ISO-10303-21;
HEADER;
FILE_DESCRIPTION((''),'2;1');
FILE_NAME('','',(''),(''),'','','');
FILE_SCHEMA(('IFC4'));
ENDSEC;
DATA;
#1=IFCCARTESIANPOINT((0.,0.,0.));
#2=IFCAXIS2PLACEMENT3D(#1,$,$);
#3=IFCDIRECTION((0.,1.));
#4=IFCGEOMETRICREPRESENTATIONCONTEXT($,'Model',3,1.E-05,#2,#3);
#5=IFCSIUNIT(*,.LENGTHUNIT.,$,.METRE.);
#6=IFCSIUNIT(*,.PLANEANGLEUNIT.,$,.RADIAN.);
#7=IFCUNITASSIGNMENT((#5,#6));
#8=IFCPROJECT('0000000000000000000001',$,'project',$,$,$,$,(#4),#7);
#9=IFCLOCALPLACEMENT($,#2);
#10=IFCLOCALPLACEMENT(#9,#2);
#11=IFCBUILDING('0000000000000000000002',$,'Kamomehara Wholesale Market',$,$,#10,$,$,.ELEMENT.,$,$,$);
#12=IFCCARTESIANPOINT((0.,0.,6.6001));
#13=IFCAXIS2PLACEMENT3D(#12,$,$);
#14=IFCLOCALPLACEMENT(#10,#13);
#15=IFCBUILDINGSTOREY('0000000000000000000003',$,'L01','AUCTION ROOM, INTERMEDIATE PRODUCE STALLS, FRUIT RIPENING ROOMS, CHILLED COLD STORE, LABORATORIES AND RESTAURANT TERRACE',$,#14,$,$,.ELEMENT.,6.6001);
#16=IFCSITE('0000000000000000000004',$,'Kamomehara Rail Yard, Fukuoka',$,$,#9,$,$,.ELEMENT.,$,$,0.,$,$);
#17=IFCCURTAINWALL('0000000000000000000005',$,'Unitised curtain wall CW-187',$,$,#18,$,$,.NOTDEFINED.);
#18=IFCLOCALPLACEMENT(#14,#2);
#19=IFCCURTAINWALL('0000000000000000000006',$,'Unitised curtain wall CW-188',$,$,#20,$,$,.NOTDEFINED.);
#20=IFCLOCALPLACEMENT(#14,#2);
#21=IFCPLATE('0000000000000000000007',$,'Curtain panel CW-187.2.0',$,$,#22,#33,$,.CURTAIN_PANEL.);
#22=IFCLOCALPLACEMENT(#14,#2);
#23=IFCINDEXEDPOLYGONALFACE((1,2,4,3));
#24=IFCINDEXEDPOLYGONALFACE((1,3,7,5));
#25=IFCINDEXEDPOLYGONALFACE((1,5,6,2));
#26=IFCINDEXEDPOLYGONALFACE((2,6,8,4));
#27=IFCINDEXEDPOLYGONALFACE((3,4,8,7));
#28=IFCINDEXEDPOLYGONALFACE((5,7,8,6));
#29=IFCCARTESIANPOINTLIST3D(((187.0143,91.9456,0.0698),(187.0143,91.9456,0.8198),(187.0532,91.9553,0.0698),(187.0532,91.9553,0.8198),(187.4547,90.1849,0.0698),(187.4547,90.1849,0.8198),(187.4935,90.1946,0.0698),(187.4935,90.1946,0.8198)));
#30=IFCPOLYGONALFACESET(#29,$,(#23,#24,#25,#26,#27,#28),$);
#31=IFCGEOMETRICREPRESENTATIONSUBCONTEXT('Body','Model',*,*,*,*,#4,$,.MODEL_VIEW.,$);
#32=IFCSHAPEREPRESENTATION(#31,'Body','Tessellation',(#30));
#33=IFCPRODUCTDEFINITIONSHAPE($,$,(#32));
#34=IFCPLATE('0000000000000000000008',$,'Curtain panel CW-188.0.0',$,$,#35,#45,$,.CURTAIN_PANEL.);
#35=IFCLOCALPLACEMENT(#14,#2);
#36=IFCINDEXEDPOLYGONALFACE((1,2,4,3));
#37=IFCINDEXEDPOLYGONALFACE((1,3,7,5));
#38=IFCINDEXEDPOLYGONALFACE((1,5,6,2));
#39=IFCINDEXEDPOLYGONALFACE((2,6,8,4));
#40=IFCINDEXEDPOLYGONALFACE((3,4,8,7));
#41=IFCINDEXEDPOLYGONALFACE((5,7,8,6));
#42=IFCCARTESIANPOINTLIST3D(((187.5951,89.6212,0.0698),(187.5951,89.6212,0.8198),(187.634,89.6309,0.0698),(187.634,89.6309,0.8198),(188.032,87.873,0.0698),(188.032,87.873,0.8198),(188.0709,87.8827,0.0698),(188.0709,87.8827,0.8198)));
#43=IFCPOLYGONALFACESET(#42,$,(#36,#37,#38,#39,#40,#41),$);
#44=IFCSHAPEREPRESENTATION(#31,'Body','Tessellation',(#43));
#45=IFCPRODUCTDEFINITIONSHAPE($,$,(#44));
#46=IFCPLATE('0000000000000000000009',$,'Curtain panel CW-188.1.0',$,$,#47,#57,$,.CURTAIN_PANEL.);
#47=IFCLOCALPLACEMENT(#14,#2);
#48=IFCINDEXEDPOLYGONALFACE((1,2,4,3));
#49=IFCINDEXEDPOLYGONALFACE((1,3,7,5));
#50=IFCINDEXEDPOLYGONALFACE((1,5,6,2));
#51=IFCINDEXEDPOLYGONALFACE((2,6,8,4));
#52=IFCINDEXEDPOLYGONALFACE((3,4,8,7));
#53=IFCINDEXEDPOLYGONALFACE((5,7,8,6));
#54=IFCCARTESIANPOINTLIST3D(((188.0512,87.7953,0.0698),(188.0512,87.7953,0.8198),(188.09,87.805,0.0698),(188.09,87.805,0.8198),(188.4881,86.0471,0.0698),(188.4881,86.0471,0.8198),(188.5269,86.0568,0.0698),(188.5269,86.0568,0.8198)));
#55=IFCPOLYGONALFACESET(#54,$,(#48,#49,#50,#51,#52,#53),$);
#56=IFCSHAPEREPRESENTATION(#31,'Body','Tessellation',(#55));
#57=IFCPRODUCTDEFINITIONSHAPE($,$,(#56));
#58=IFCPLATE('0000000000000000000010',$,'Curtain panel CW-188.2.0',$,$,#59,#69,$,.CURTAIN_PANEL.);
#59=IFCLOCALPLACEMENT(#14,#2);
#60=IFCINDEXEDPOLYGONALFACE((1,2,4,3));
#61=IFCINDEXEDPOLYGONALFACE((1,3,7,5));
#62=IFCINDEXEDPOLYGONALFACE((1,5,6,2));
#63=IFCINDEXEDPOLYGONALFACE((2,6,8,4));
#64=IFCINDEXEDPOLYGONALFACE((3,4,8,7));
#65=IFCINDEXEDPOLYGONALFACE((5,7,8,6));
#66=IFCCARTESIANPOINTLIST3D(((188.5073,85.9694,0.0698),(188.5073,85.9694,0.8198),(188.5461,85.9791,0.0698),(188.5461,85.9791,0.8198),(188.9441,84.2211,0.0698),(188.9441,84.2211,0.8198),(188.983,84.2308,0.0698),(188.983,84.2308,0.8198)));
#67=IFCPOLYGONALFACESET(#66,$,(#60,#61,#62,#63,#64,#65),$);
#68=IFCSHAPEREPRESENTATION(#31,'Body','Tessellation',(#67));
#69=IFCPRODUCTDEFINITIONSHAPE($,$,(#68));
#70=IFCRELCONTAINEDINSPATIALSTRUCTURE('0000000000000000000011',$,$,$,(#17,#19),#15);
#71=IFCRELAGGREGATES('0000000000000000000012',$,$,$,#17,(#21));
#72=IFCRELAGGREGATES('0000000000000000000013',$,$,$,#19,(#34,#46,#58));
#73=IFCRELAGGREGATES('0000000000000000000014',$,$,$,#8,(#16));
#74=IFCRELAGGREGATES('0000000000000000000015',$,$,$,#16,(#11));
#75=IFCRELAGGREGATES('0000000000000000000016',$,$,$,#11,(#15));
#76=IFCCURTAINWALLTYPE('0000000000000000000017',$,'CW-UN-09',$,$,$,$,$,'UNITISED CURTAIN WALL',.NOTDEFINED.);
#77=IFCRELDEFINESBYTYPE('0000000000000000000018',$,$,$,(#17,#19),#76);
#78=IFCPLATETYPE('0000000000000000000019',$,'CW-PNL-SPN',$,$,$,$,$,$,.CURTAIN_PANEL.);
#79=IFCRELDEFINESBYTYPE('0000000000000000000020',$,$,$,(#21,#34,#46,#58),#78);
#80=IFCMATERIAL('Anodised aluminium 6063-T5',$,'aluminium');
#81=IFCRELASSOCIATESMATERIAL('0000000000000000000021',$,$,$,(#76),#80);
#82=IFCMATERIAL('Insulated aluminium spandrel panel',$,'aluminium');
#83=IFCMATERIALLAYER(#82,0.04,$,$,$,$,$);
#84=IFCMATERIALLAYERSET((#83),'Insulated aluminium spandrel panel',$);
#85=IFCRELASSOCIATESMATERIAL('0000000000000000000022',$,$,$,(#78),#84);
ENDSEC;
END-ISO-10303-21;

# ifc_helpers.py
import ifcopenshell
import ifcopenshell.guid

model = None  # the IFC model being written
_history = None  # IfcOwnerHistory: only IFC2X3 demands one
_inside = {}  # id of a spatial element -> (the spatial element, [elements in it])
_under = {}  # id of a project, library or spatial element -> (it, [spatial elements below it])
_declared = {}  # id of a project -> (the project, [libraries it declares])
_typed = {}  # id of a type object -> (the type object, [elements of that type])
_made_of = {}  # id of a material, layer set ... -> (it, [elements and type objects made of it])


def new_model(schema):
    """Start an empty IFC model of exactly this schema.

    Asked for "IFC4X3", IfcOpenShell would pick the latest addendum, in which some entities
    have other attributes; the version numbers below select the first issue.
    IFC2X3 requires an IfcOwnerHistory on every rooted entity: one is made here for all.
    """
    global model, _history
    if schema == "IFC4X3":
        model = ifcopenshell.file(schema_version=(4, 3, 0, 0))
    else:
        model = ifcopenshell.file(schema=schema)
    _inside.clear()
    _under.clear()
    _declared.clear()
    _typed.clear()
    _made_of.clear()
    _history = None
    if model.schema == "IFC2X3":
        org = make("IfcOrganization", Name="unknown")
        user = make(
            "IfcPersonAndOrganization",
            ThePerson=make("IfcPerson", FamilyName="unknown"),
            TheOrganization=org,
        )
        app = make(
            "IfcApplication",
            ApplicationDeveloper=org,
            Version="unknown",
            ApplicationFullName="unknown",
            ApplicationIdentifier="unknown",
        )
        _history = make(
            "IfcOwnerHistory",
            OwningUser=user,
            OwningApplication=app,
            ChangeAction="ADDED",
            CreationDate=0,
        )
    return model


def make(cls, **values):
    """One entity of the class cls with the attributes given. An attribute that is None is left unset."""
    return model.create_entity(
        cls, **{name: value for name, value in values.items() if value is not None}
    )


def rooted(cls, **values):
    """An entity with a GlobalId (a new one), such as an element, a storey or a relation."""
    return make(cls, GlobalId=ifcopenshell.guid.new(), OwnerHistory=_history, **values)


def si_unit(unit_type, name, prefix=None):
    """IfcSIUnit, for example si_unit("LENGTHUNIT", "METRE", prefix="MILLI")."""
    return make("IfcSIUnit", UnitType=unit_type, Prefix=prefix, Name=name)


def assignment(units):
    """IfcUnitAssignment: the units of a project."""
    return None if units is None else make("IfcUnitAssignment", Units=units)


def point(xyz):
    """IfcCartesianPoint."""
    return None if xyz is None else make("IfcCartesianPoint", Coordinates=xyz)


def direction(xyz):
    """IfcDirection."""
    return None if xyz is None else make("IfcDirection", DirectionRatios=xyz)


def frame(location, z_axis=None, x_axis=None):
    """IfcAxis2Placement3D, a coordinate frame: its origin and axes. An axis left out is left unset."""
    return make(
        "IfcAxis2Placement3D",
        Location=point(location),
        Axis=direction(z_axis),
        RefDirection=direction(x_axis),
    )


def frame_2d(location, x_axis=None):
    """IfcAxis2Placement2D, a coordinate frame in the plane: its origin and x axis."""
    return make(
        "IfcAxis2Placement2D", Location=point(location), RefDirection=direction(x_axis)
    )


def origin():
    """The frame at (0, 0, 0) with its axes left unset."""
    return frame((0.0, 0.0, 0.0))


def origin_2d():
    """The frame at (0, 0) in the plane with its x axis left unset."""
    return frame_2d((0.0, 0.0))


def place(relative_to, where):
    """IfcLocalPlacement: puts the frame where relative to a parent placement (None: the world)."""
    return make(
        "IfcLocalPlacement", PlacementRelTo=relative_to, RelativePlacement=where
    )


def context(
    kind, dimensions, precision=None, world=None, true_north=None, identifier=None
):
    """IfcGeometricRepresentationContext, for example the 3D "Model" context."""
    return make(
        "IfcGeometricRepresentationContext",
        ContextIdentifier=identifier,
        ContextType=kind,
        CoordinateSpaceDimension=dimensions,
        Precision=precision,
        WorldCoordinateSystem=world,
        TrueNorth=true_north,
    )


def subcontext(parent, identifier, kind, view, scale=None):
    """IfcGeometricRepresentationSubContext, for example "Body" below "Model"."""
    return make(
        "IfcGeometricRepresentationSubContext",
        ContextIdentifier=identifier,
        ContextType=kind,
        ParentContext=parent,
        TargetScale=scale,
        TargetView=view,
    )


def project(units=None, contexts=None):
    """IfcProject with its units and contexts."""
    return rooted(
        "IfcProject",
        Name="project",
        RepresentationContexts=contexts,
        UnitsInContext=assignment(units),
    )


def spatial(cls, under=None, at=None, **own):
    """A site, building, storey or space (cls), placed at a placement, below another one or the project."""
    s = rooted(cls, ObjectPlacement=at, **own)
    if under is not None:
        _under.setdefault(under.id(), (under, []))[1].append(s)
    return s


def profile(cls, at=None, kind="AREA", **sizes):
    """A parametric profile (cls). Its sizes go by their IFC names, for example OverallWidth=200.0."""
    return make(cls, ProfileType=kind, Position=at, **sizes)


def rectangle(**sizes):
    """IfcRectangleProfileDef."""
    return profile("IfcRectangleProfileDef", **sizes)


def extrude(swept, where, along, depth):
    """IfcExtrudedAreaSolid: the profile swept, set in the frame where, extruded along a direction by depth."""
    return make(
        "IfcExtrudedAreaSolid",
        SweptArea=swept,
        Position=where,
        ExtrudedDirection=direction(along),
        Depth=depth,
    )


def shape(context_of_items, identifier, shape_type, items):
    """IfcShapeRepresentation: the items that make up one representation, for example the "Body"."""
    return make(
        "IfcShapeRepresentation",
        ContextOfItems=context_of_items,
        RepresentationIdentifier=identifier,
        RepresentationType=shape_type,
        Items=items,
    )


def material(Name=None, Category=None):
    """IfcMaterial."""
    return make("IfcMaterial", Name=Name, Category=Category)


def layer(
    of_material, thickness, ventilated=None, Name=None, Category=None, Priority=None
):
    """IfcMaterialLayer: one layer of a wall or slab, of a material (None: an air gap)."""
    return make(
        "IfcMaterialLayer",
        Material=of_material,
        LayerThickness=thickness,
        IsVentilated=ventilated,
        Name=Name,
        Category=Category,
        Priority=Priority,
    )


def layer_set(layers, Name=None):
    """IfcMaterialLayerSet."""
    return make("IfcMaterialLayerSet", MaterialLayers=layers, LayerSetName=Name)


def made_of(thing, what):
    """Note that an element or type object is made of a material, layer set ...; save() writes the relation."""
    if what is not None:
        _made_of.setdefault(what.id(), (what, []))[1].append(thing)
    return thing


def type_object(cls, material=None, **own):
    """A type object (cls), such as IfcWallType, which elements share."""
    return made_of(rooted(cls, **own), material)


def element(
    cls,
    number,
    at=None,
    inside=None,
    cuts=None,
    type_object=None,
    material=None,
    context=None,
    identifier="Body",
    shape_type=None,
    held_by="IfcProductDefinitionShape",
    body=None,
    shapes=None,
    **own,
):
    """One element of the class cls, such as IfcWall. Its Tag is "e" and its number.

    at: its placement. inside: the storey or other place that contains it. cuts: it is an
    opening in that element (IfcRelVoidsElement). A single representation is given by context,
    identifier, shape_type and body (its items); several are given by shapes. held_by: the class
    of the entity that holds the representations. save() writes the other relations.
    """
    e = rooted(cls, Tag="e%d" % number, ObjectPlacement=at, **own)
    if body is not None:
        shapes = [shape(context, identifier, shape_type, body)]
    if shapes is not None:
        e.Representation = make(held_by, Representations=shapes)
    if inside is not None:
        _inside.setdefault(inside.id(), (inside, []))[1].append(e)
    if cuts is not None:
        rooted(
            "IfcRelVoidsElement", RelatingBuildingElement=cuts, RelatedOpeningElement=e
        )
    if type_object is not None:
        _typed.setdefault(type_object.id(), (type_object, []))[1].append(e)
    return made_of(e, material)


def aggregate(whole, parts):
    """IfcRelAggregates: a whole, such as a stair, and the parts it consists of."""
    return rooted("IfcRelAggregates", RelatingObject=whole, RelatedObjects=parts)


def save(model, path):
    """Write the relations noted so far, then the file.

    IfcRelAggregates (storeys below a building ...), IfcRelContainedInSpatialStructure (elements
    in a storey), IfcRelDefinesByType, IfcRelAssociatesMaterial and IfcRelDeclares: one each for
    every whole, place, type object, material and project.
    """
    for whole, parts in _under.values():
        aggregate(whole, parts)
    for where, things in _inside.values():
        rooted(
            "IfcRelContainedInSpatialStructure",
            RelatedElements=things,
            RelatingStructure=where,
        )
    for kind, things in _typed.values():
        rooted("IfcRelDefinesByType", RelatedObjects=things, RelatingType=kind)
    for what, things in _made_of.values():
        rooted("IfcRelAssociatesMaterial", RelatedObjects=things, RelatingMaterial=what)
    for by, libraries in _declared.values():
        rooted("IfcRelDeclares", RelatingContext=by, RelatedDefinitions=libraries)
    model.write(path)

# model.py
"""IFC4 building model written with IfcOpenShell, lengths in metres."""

from ifc_helpers import new_model, si_unit, direction, frame, origin, origin_2d, place, context, subcontext, project, spatial, rectangle, extrude, material, layer, layer_set, type_object, element, aggregate, save


model = new_model("IFC4")

# Units and contexts
model_context = context("Model", 3, precision=1e-05, world=origin(), true_north=direction((0.0, 1.0)))
body_context = subcontext(model_context, "Body", "Model", "MODEL_VIEW")
ifc_project = project(units=[si_unit("LENGTHUNIT", "METRE"), si_unit("PLANEANGLEUNIT", "RADIAN")], contexts=[model_context])

# Site, building, storey
site_placement = place(None, origin())
site = spatial("IfcSite", under=ifc_project, at=site_placement, Name="Kamomehara Rail Yard, Fukuoka", CompositionType="ELEMENT", RefElevation=0.0)
building_placement = place(site_placement, origin())
building = spatial("IfcBuilding", under=site, at=building_placement, Name="Kamomehara Wholesale Market", CompositionType="ELEMENT")
storey_placement = place(building_placement, frame((0.0, 0.0, 6.6001)))
storey = spatial("IfcBuildingStorey", under=building, at=storey_placement, Name="L01", Description="AUCTION ROOM, INTERMEDIATE PRODUCE STALLS, FRUIT RIPENING ROOMS, CHILLED COLD STORE, LABORATORIES AND RESTAURANT TERRACE", CompositionType="ELEMENT", Elevation=6.6001)

# Curtain walls
ifc_material_1 = material(Name="Anodised aluminium 6063-T5", Category="aluminium")
curtain_wall_type = type_object("IfcCurtainWallType", Name="CW-UN-09", ElementType="UNITISED CURTAIN WALL", PredefinedType="NOTDEFINED", material=ifc_material_1)
curtain_wall_1_placement = place(storey_placement, origin())
curtain_wall_1 = element("IfcCurtainWall", 1, at=curtain_wall_1_placement, inside=storey, type_object=curtain_wall_type, Name="Unitised curtain wall CW-187", PredefinedType="NOTDEFINED")
curtain_wall_2_placement = place(storey_placement, origin())
curtain_wall_2 = element("IfcCurtainWall", 2, at=curtain_wall_2_placement, inside=storey, type_object=curtain_wall_type, Name="Unitised curtain wall CW-188", PredefinedType="NOTDEFINED")

# Plates
ifc_material_2 = material(Name="Insulated aluminium spandrel panel", Category="aluminium")
ifc_layer_1 = layer(ifc_material_2, 0.04)
ifc_layer_set_1 = layer_set([ifc_layer_1], Name="Insulated aluminium spandrel panel")
plate_type_1 = type_object("IfcPlateType", Name="CW-PNL-SPN", PredefinedType="CURTAIN_PANEL", material=ifc_layer_set_1)
plate_1_placement = place(storey_placement, frame((187.2539, 91.0701, 0.0698), z_axis=(0.0, 0.0, 1.0), x_axis=(0.242616, -0.970122, 0.0)))
plate_1 = element("IfcPlate", 3, at=plate_1_placement, type_object=plate_type_1, Name="Curtain panel CW-187.2.0", PredefinedType="CURTAIN_PANEL", context=body_context, shape_type="SweptSolid", body=[
    extrude(rectangle(XDim=1.8149, YDim=0.04, at=origin_2d()), origin(), (0.0, 0.0, 1.0), 0.75),
])
aggregate(curtain_wall_1, [plate_1])
plate_2_placement = place(storey_placement, frame((187.833, 88.752, 0.0698), z_axis=(0.0, 0.0, 1.0), x_axis=(0.242447, -0.970165, 0.0)))
plate_2 = element("IfcPlate", 4, at=plate_2_placement, type_object=plate_type_1, Name="Curtain panel CW-188.0.0", PredefinedType="CURTAIN_PANEL", context=body_context, shape_type="SweptSolid", body=[
    extrude(rectangle(XDim=1.802, YDim=0.04, at=origin_2d()), origin(), (0.0, 0.0, 1.0), 0.75),
])
plate_3_placement = place(storey_placement, frame((188.2891, 86.926, 0.0698), z_axis=(0.0, 0.0, 1.0), x_axis=(0.242447, -0.970165, 0.0)))
plate_3 = element("IfcPlate", 5, at=plate_3_placement, type_object=plate_type_1, Name="Curtain panel CW-188.1.0", PredefinedType="CURTAIN_PANEL", context=body_context, shape_type="SweptSolid", body=[
    extrude(rectangle(XDim=1.802, YDim=0.04, at=origin_2d()), origin(), (0.0, 0.0, 1.0), 0.75),
])
plate_4_placement = place(storey_placement, frame((188.7451, 85.1001, 0.0698), z_axis=(0.0, 0.0, 1.0), x_axis=(0.242447, -0.970165, 0.0)))
plate_4 = element("IfcPlate", 6, at=plate_4_placement, type_object=plate_type_1, Name="Curtain panel CW-188.2.0", PredefinedType="CURTAIN_PANEL", context=body_context, shape_type="SweptSolid", body=[
    extrude(rectangle(XDim=1.802, YDim=0.04, at=origin_2d()), origin(), (0.0, 0.0, 1.0), 0.75),
])
aggregate(curtain_wall_2, [plate_2, plate_3, plate_4])

save(model, "model.ifc")
